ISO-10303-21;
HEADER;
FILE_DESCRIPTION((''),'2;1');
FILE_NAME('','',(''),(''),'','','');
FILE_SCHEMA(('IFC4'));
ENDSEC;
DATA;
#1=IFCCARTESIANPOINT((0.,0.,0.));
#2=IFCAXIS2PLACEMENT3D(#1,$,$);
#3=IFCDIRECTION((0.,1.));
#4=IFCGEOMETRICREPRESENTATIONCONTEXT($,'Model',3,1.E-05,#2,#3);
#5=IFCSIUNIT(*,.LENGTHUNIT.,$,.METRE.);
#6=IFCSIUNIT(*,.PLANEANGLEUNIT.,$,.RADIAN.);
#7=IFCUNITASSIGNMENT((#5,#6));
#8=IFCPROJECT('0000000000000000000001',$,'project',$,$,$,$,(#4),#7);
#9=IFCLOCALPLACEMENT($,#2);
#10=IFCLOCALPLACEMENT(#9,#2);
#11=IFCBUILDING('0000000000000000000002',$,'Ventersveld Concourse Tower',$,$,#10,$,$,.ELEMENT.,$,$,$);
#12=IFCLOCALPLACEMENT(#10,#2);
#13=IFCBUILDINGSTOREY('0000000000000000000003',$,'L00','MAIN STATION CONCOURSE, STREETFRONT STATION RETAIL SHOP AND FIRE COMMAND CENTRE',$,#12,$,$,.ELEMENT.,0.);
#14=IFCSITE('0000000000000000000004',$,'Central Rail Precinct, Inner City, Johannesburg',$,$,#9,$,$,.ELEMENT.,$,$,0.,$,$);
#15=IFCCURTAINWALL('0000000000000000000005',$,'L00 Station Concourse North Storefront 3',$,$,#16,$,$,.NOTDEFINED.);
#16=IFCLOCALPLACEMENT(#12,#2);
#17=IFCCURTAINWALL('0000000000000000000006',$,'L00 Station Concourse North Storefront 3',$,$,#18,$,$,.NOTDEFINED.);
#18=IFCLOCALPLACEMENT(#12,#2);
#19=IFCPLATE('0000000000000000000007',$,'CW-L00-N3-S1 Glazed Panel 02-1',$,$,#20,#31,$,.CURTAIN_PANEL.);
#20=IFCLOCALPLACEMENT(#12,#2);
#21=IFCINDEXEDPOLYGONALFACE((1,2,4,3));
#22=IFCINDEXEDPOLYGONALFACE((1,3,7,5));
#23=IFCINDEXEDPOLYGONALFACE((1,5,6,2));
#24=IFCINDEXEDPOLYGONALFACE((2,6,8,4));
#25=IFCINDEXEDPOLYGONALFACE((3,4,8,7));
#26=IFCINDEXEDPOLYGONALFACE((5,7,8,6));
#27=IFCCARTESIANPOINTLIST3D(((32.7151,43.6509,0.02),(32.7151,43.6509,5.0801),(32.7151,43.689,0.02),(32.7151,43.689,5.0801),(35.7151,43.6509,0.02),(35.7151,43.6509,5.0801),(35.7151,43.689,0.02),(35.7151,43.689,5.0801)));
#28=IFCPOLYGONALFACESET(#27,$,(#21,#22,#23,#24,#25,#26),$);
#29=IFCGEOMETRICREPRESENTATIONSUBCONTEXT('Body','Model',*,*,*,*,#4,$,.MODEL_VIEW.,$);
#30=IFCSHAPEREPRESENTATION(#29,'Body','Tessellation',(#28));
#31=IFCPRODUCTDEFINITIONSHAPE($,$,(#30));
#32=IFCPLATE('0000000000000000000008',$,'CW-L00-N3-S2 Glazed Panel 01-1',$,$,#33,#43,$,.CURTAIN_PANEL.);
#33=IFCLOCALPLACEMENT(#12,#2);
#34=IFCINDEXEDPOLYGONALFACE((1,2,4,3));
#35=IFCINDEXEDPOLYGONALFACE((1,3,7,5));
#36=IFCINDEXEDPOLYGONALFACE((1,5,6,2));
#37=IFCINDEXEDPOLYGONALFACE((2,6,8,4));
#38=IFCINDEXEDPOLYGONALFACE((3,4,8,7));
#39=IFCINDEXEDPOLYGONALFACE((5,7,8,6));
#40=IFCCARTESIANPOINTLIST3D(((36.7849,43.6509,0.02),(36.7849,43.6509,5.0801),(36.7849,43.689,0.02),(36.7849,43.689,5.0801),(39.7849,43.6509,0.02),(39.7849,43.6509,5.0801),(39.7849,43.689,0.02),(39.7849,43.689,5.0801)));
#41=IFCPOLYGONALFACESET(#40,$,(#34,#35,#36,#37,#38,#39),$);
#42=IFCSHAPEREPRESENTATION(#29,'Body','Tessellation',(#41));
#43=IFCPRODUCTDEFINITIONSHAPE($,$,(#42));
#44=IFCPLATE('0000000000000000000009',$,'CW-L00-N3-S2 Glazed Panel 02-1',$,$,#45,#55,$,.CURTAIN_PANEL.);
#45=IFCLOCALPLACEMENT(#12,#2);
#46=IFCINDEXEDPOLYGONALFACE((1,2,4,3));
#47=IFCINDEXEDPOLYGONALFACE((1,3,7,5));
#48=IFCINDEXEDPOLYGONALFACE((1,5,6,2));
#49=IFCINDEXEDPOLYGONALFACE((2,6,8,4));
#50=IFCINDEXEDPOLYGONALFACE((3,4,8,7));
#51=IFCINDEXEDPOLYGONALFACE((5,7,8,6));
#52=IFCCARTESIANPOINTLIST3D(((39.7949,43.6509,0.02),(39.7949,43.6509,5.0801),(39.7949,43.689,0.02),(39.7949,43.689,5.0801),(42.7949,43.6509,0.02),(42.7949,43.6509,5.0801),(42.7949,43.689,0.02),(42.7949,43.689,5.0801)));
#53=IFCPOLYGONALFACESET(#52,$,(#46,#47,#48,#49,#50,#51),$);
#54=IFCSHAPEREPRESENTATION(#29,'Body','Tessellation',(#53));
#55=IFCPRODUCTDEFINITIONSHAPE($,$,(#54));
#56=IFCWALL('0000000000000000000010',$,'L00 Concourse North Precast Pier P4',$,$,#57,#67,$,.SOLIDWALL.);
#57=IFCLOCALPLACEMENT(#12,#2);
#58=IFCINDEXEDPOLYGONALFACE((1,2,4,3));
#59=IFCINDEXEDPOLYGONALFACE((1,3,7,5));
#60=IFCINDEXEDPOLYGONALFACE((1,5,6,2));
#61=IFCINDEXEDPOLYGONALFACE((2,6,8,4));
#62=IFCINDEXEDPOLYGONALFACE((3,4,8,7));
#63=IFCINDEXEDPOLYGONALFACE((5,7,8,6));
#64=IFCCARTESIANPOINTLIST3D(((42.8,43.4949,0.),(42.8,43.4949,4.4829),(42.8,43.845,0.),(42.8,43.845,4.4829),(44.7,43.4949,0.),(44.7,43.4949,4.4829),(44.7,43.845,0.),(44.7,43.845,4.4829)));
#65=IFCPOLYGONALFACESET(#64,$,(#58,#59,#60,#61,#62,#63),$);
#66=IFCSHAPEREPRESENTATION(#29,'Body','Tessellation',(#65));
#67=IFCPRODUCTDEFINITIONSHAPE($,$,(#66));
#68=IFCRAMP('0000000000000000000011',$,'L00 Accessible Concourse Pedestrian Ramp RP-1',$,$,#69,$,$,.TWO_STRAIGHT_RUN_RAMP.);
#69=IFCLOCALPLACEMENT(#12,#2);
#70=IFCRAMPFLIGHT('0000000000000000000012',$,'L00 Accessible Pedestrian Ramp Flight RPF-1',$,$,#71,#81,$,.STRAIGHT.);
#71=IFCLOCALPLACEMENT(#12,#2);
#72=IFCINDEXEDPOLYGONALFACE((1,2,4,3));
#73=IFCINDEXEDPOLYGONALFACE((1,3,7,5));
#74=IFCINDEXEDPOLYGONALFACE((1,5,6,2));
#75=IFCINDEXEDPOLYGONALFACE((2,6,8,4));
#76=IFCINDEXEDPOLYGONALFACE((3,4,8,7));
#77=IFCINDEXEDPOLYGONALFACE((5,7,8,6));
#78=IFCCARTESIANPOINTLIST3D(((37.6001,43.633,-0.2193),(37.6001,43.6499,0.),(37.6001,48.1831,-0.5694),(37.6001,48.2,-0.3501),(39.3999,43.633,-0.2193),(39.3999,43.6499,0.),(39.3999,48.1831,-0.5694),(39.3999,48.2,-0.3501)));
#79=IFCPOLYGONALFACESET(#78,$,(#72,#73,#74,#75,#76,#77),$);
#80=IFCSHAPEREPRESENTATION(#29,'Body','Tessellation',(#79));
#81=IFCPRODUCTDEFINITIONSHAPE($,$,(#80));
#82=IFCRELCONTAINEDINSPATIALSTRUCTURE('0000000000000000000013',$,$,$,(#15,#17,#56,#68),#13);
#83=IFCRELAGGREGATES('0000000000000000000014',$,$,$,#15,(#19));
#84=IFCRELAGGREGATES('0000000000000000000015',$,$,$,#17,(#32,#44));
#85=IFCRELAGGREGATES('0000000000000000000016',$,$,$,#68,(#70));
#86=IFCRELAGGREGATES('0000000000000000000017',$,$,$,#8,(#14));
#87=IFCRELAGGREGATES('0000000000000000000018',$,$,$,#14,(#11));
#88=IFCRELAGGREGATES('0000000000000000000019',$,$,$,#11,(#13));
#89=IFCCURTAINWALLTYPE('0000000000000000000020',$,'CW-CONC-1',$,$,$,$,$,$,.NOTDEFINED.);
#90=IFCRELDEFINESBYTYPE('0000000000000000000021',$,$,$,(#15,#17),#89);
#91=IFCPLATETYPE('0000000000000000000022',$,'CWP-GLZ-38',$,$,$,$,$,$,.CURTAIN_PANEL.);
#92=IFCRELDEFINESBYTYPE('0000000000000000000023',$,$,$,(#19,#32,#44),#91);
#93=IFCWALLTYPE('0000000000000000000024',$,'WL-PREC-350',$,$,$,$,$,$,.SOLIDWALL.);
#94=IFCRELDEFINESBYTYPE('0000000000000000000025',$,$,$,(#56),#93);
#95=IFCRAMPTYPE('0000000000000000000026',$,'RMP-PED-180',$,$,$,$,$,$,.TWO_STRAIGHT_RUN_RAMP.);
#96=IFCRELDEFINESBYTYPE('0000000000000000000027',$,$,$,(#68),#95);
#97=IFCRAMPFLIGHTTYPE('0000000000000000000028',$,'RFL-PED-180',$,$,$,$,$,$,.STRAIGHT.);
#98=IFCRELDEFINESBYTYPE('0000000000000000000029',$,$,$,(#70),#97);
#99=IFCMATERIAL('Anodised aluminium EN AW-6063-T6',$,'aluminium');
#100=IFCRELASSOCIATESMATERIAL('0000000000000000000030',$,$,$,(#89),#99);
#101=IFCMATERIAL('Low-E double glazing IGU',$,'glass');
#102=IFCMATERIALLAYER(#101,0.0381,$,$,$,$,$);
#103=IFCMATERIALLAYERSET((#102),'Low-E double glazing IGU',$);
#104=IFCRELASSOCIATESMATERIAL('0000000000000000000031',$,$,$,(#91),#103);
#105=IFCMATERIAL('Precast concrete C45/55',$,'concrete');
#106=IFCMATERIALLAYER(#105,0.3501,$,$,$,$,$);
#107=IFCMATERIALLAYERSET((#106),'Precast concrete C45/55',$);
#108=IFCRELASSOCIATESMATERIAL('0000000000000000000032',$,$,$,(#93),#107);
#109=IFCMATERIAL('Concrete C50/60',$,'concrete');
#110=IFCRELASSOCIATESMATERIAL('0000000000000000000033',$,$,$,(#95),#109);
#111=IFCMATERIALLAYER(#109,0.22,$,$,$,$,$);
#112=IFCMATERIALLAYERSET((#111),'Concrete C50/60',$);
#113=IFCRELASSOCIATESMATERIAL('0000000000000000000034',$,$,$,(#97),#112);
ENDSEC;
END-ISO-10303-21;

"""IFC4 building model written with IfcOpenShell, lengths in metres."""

from ifc_helpers import new_model, si_unit, direction, frame, frame_2d, origin, origin_2d, place, context, subcontext, project, spatial, polyline, rectangle, outline, extrude, material, layer, layer_set, type_object, element, aggregate, save


model = new_model("IFC4")

# Units and contexts
model_context = context("Model", 3, precision=1e-05, world=origin(), true_north=direction((0.0, 1.0)))
body_context = subcontext(model_context, "Body", "Model", "MODEL_VIEW")
ifc_project = project(units=[si_unit("LENGTHUNIT", "METRE"), si_unit("PLANEANGLEUNIT", "RADIAN")], contexts=[model_context])

# Site, building, storey
site_placement = place(None, origin())
site = spatial("IfcSite", under=ifc_project, at=site_placement, Name="Central Rail Precinct, Inner City, Johannesburg", CompositionType="ELEMENT", RefElevation=0.0)
building_placement = place(site_placement, origin())
building = spatial("IfcBuilding", under=site, at=building_placement, Name="Ventersveld Concourse Tower", CompositionType="ELEMENT")
storey_placement = place(building_placement, origin())
storey = spatial("IfcBuildingStorey", under=building, at=storey_placement, Name="L00", Description="MAIN STATION CONCOURSE, STREETFRONT STATION RETAIL SHOP AND FIRE COMMAND CENTRE", CompositionType="ELEMENT", Elevation=0.0)

# Curtain wall
ifc_material_1 = material(Name="Anodised aluminium EN AW-6063-T6", Category="aluminium")
curtain_wall_type = type_object("IfcCurtainWallType", Name="CW-CONC-1", PredefinedType="NOTDEFINED", material=ifc_material_1)
curtain_wall_1_placement = place(storey_placement, origin())
curtain_wall_1 = element("IfcCurtainWall", 1, at=curtain_wall_1_placement, inside=storey, type_object=curtain_wall_type, Name="L00 Station Concourse North Storefront 3", PredefinedType="NOTDEFINED")

# Curtain wall
curtain_wall_2_placement = place(storey_placement, origin())
curtain_wall_2 = element("IfcCurtainWall", 2, at=curtain_wall_2_placement, inside=storey, type_object=curtain_wall_type, Name="L00 Station Concourse North Storefront 3", PredefinedType="NOTDEFINED")

# Plates
ifc_material_2 = material(Name="Low-E double glazing IGU", Category="glass")
ifc_layer_1 = layer(ifc_material_2, 0.0381)
ifc_layer_set_1 = layer_set([ifc_layer_1], Name="Low-E double glazing IGU")
plate_type = type_object("IfcPlateType", Name="CWP-GLZ-38", PredefinedType="CURTAIN_PANEL", material=ifc_layer_set_1)
plate_1_placement = place(storey_placement, frame((34.2151, 43.6699, 0.02), z_axis=(0.0, 0.0, 1.0), x_axis=(1.0, 0.0, 0.0)))
plate_1 = element("IfcPlate", 3, at=plate_1_placement, type_object=plate_type, Name="CW-L00-N3-S1 Glazed Panel 02-1", PredefinedType="CURTAIN_PANEL", context=body_context, shape_type="SweptSolid", body=[
    extrude(rectangle(XDim=3.0, YDim=0.0381, at=origin_2d()), origin(), (0.0, 0.0, 1.0), 5.0601),
])
aggregate(curtain_wall_1, [plate_1])
plate_2_placement = place(storey_placement, frame((38.2849, 43.6699, 0.02), z_axis=(0.0, 0.0, 1.0), x_axis=(1.0, 0.0, 0.0)))
plate_2 = element("IfcPlate", 4, at=plate_2_placement, type_object=plate_type, Name="CW-L00-N3-S2 Glazed Panel 01-1", PredefinedType="CURTAIN_PANEL", context=body_context, shape_type="SweptSolid", body=[
    extrude(rectangle(XDim=3.0, YDim=0.0381, at=origin_2d()), origin(), (0.0, 0.0, 1.0), 5.0601),
])
plate_3_placement = place(storey_placement, frame((41.2949, 43.6699, 0.02), z_axis=(0.0, 0.0, 1.0), x_axis=(1.0, 0.0, 0.0)))
plate_3 = element("IfcPlate", 5, at=plate_3_placement, type_object=plate_type, Name="CW-L00-N3-S2 Glazed Panel 02-1", PredefinedType="CURTAIN_PANEL", context=body_context, shape_type="SweptSolid", body=[
    extrude(rectangle(XDim=3.0, YDim=0.0381, at=origin_2d()), origin(), (0.0, 0.0, 1.0), 5.0601),
])
aggregate(curtain_wall_2, [plate_2, plate_3])

# Wall
ifc_material_3 = material(Name="Precast concrete C45/55", Category="concrete")
ifc_layer_2 = layer(ifc_material_3, 0.3501)
ifc_layer_set_2 = layer_set([ifc_layer_2], Name="Precast concrete C45/55")
wall_type = type_object("IfcWallType", Name="WL-PREC-350", PredefinedType="SOLIDWALL", material=ifc_layer_set_2)
wall_placement = place(storey_placement, frame((42.8, 43.6699, 0.0), z_axis=(0.0, 0.0, 1.0), x_axis=(1.0, 0.0, 0.0)))
element("IfcWall", 6, at=wall_placement, inside=storey, type_object=wall_type, Name="L00 Concourse North Precast Pier P4", PredefinedType="SOLIDWALL", context=body_context, shape_type="SweptSolid", body=[
    extrude(rectangle(XDim=1.8999, YDim=0.3501, at=frame_2d((0.95, 0.0))), origin(), (0.0, 0.0, 1.0), 4.4829),
])

# Ramp, ramp flight
ifc_material_4 = material(Name="Concrete C50/60", Category="concrete")
ramp_type = type_object("IfcRampType", Name="RMP-PED-180", PredefinedType="TWO_STRAIGHT_RUN_RAMP", material=ifc_material_4)
ramp_placement = place(storey_placement, origin())
ramp = element("IfcRamp", 7, at=ramp_placement, inside=storey, type_object=ramp_type, Name="L00 Accessible Concourse Pedestrian Ramp RP-1", PredefinedType="TWO_STRAIGHT_RUN_RAMP")
ifc_layer_3 = layer(ifc_material_4, 0.22)
ifc_layer_set_3 = layer_set([ifc_layer_3], Name="Concrete C50/60")
ramp_flight_type = type_object("IfcRampFlightType", Name="RFL-PED-180", PredefinedType="STRAIGHT", material=ifc_layer_set_3)
ramp_flight_placement = place(storey_placement, frame((37.6001, 48.2, -0.3501), z_axis=(0.0, 0.076717, 0.997053), x_axis=(1.0, 0.0, 0.0)))
ramp_flight = element("IfcRampFlight", 8, at=ramp_flight_placement, type_object=ramp_flight_type, Name="L00 Accessible Pedestrian Ramp Flight RPF-1", PredefinedType="STRAIGHT", context=body_context, shape_type="SweptSolid", body=[
    extrude(outline(polyline([(0.0, 0.0), (1.7998, 0.0), (1.7998, -4.5635), (0.0, -4.5635), (0.0, 0.0)])), origin(), (0.0, 0.0, -1.0), 0.22),
])
aggregate(ramp, [ramp_flight])

save(model, "model.ifc")
